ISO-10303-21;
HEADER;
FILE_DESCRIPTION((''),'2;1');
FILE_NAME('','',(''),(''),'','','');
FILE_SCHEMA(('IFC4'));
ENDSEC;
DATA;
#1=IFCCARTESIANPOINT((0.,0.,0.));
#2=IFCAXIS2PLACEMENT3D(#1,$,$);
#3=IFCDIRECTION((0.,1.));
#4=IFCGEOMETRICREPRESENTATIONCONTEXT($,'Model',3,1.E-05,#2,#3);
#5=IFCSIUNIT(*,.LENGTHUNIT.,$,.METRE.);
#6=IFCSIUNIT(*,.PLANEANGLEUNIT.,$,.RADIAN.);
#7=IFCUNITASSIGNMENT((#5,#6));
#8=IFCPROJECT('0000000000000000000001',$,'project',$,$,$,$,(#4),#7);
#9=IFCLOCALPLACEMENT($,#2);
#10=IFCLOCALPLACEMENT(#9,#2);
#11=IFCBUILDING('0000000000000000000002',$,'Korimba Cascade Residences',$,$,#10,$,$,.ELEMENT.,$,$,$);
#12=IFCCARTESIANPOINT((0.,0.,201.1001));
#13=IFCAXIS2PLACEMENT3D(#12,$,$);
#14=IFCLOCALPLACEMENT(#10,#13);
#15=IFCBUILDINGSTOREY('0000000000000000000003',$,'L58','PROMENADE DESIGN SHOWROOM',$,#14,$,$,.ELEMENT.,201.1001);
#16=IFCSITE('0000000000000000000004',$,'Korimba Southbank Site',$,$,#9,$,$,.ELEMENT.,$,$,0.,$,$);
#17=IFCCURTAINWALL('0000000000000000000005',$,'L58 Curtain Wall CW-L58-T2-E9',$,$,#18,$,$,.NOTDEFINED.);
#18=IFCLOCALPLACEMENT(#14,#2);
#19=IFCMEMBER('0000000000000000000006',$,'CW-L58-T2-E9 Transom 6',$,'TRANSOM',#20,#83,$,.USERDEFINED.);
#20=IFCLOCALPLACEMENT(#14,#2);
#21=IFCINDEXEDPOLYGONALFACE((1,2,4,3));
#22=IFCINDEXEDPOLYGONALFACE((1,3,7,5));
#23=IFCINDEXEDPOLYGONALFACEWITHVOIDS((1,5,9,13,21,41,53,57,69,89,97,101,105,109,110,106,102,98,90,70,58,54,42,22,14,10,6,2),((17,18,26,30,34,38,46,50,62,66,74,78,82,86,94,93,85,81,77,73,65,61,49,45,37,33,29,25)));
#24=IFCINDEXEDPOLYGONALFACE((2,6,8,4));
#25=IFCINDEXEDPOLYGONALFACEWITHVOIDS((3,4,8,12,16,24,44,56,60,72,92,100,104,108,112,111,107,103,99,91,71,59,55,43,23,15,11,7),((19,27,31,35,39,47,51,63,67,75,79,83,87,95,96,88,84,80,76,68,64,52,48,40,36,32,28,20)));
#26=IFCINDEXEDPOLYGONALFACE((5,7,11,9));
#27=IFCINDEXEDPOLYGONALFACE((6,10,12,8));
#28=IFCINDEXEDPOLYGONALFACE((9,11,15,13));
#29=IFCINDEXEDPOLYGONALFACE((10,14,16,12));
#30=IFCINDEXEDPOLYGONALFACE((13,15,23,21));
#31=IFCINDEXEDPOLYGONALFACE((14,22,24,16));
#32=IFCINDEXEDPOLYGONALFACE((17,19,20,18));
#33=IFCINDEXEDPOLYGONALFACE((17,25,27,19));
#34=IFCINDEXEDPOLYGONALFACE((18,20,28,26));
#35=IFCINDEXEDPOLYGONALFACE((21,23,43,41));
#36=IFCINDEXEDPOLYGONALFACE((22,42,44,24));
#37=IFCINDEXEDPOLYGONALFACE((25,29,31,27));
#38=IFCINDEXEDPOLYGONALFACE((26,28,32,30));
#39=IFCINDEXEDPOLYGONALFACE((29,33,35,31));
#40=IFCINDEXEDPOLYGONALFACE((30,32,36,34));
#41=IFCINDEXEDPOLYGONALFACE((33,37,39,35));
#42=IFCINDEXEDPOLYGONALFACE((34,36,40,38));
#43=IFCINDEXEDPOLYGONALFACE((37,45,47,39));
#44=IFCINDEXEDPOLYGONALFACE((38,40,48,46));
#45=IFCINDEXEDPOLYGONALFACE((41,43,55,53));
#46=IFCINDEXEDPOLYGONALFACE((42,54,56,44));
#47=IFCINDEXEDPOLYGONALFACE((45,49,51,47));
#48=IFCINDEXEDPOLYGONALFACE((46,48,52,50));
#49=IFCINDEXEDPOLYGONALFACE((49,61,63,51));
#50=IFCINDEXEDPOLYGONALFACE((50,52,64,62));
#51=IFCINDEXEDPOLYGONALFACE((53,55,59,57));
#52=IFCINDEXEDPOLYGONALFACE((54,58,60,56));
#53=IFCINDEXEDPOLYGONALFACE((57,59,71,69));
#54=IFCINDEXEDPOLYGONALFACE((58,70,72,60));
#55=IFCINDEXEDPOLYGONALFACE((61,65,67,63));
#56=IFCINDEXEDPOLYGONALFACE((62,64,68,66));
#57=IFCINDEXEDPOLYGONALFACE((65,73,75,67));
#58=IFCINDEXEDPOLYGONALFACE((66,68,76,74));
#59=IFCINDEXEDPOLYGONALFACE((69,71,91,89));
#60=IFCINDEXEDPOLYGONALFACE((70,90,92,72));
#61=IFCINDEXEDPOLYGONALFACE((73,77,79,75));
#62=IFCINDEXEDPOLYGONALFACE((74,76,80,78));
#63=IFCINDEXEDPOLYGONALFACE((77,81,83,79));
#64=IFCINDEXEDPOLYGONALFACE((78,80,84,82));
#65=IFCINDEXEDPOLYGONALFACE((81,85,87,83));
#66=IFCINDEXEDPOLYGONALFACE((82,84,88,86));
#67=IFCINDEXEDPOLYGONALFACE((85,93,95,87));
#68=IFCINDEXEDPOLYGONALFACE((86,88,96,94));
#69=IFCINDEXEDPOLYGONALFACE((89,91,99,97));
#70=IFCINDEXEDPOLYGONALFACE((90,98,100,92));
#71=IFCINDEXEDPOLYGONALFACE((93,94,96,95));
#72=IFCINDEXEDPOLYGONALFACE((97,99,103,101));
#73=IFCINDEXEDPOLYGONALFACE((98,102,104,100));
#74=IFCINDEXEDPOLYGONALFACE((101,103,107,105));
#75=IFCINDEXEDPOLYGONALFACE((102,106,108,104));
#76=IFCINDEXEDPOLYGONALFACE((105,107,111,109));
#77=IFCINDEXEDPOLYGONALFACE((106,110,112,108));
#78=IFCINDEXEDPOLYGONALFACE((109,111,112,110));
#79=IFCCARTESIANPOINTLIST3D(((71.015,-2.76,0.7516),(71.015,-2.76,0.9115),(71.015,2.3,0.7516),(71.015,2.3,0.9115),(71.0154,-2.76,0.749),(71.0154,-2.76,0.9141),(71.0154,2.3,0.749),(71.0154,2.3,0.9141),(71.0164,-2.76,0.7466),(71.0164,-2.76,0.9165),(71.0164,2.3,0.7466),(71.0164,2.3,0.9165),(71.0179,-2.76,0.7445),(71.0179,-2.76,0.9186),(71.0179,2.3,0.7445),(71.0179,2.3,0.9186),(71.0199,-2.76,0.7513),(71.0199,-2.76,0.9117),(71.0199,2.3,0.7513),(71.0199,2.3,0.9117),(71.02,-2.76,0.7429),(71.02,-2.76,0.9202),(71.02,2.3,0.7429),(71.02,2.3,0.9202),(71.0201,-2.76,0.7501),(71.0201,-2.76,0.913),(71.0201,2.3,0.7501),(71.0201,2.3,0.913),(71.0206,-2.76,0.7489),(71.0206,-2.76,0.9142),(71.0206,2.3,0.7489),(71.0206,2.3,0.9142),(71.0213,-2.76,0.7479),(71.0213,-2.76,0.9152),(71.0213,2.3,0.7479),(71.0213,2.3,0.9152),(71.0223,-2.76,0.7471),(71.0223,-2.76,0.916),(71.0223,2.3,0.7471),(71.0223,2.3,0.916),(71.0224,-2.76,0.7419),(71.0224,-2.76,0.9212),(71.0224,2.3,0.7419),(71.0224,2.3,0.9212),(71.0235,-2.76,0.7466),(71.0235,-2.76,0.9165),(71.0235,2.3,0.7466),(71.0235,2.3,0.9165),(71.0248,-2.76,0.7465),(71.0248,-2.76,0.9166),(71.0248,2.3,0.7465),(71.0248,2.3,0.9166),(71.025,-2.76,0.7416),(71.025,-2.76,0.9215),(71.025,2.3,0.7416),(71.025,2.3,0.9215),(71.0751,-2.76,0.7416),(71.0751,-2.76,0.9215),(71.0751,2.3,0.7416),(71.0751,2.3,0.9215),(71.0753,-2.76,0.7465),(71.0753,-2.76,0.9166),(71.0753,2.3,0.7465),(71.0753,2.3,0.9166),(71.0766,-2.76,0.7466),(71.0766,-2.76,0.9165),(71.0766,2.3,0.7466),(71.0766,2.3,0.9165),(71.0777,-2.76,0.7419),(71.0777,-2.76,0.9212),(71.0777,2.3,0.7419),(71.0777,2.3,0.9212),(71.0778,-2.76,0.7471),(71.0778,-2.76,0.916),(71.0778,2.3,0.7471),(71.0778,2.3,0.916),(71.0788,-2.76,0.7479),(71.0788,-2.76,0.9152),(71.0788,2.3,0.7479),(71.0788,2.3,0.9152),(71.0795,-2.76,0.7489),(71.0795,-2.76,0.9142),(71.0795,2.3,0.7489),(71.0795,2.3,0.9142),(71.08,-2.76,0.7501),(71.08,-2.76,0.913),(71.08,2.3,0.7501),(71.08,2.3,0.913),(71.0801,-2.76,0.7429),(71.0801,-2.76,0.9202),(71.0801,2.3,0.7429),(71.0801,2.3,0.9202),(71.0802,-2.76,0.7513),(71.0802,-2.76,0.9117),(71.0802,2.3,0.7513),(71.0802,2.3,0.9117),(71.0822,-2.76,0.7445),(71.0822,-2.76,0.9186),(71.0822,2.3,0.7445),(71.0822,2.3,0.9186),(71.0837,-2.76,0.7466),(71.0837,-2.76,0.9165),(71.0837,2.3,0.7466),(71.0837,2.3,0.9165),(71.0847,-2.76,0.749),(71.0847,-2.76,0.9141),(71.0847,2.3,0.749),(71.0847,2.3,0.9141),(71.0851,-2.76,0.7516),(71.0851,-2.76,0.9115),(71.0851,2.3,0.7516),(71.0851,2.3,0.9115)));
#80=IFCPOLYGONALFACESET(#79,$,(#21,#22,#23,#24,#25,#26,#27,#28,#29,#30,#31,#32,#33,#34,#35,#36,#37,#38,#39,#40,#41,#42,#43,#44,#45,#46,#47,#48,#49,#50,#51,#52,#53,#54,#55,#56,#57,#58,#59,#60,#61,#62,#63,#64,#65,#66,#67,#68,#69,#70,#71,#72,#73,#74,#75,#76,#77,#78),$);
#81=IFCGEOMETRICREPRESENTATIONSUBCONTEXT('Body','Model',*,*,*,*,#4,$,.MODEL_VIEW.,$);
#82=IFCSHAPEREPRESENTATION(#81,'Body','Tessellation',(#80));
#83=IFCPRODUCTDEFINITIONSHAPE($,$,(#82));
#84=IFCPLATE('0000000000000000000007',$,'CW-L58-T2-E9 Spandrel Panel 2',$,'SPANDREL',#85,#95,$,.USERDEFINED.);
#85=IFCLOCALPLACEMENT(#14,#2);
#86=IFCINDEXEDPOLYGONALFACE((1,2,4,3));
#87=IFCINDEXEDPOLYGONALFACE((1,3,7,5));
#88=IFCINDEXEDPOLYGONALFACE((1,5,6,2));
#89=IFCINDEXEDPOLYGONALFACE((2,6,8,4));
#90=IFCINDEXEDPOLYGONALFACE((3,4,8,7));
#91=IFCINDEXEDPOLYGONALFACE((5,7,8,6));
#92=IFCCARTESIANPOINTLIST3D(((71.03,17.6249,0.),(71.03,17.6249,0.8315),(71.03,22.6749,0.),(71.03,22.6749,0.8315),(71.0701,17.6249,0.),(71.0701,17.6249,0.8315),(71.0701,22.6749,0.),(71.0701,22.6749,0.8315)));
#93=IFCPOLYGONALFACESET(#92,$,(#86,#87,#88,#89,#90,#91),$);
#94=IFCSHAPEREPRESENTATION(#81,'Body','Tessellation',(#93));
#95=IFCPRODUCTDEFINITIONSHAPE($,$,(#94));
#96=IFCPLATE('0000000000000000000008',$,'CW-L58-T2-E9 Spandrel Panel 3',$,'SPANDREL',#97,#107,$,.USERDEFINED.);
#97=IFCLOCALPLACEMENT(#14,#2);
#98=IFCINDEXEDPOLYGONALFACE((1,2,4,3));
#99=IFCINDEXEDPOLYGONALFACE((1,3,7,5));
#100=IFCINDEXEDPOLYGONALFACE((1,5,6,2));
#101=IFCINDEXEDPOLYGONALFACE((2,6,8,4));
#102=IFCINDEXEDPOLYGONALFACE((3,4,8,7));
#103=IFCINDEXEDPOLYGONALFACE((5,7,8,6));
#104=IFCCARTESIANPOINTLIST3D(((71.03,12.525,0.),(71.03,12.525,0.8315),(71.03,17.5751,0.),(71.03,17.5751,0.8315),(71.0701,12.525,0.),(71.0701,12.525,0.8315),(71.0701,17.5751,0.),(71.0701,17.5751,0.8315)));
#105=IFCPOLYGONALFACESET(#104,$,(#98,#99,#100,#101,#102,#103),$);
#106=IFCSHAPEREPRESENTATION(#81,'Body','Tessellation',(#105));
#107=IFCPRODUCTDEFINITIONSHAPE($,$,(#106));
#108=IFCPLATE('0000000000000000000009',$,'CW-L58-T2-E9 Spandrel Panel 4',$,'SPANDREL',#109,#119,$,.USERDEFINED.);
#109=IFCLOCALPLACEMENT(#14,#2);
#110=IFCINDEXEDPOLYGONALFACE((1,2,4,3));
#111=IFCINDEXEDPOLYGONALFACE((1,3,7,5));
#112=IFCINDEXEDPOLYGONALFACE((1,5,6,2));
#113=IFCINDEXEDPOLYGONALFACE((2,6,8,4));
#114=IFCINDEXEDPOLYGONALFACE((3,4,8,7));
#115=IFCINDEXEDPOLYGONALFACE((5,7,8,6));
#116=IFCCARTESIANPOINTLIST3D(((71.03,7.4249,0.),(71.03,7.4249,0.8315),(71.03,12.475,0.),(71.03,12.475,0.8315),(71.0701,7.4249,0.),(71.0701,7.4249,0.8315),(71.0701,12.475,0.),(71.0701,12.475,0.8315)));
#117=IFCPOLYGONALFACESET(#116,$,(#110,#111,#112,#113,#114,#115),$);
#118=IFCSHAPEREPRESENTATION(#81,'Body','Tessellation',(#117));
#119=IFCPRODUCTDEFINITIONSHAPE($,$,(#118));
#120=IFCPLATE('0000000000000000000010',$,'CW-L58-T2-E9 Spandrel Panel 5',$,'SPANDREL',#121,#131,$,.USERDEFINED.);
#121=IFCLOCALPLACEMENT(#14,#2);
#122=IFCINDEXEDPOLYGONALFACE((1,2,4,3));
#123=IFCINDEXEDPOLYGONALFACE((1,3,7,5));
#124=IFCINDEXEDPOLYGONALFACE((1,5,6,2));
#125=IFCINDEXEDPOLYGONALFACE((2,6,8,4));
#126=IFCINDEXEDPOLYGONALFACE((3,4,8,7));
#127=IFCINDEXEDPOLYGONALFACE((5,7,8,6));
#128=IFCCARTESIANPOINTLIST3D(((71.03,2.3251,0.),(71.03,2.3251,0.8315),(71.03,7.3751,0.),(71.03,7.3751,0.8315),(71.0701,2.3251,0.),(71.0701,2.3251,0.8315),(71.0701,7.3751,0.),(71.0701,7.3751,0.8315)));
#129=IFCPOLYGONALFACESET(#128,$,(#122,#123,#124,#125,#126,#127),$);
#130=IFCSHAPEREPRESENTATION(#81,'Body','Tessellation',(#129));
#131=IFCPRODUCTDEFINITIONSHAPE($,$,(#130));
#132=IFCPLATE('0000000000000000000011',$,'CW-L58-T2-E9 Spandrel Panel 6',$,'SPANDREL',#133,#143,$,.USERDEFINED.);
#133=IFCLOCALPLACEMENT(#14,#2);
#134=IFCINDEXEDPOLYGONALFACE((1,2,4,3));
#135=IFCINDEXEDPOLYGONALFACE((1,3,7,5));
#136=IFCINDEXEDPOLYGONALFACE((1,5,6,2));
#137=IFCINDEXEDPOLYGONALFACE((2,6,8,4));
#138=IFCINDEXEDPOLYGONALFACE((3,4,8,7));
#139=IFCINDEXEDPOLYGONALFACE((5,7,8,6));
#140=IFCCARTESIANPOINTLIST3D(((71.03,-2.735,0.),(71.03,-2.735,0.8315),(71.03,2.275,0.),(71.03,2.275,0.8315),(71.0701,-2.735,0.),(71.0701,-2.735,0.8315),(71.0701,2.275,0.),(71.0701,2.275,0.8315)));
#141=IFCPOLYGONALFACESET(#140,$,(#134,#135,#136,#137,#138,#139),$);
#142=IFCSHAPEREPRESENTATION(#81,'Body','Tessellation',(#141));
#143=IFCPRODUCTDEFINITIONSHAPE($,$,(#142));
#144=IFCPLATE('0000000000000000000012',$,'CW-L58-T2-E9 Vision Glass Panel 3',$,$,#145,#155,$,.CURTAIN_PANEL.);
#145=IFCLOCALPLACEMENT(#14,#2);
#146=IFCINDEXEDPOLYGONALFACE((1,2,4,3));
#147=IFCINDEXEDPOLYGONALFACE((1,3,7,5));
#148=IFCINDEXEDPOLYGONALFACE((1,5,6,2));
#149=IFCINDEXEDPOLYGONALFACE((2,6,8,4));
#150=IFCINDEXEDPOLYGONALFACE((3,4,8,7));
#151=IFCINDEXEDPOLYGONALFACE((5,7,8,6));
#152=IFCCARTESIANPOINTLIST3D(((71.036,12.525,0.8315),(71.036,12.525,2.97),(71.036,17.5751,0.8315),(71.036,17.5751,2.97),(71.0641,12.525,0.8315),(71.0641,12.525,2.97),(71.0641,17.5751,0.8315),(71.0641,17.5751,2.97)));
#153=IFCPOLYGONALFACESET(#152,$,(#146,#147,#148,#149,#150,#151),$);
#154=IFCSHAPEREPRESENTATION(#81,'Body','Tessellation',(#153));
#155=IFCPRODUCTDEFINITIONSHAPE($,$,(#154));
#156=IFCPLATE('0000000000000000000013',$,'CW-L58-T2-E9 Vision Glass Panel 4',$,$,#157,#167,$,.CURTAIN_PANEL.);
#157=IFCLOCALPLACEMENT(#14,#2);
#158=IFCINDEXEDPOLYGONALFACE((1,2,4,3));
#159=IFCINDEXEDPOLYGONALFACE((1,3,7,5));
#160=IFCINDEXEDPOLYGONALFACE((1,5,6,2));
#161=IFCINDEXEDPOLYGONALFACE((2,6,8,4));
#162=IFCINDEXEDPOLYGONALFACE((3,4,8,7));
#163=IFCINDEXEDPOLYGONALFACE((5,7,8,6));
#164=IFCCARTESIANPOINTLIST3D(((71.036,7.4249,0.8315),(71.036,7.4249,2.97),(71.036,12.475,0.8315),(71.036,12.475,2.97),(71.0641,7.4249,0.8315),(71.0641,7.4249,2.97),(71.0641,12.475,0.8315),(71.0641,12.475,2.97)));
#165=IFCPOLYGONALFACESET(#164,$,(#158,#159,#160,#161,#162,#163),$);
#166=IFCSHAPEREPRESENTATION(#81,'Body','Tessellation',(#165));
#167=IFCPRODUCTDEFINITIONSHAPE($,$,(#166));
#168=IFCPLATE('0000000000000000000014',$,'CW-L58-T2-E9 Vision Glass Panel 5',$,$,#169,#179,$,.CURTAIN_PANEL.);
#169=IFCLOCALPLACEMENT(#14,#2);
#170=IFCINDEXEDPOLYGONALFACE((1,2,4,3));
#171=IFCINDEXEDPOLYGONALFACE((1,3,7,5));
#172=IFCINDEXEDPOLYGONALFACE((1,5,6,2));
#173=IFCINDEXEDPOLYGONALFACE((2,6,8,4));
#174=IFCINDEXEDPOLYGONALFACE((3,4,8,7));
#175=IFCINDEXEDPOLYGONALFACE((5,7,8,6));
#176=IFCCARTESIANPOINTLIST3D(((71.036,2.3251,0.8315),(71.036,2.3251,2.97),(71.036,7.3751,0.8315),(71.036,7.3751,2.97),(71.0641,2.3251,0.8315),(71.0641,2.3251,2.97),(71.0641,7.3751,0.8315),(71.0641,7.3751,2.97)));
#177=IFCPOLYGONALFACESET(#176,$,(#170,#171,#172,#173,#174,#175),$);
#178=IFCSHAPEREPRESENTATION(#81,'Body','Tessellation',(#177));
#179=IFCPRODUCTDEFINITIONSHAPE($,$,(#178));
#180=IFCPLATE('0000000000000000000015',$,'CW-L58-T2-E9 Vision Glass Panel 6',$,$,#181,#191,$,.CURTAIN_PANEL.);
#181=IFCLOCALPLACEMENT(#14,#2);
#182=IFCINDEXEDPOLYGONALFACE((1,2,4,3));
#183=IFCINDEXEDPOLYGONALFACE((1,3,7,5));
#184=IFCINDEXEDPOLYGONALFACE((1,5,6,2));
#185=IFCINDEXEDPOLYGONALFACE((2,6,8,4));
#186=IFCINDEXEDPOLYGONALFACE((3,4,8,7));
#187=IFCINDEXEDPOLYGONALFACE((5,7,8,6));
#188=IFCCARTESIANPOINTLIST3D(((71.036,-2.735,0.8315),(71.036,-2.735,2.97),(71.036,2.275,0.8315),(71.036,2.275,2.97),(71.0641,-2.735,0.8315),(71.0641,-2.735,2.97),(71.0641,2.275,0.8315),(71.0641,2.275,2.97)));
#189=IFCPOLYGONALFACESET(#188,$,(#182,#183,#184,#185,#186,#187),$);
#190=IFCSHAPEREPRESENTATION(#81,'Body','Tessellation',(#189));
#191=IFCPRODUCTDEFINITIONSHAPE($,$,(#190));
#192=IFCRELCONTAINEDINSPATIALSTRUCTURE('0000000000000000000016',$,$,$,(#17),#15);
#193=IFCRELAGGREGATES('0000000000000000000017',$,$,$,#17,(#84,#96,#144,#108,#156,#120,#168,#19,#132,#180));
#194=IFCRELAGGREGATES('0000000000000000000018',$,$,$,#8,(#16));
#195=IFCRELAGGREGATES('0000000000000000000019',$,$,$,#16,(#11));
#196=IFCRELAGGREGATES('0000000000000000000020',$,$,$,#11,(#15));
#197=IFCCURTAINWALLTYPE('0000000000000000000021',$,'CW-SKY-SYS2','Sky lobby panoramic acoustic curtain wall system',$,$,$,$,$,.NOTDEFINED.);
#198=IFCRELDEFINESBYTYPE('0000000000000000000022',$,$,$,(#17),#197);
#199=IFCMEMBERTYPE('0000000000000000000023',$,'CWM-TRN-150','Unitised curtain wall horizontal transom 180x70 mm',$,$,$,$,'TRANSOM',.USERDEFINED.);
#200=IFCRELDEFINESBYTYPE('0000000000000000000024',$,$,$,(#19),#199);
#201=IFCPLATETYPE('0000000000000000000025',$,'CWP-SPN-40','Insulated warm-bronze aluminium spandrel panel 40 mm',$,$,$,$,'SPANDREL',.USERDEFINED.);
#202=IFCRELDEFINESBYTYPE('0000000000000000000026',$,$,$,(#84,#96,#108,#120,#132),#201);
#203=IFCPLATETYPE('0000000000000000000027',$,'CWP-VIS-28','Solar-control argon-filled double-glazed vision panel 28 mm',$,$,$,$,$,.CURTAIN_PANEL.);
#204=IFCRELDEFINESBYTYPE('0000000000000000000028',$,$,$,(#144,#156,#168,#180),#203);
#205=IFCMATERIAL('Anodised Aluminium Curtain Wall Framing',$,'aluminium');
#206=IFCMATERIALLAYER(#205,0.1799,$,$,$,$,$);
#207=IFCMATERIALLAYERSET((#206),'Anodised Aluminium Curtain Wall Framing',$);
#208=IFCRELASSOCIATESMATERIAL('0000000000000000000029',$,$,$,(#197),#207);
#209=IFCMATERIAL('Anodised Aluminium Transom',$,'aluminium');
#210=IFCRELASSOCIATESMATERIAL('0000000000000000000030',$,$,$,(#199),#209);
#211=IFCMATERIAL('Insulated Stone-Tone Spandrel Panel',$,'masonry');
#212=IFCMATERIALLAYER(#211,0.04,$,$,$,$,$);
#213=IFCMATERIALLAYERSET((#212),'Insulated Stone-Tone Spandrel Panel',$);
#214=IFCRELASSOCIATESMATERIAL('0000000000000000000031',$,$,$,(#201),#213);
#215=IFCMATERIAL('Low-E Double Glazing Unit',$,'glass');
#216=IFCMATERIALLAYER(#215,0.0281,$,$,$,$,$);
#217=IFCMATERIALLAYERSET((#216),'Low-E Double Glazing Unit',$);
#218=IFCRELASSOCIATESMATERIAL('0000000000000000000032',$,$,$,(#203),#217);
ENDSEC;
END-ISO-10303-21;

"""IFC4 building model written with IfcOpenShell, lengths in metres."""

from ifc_helpers import new_model, si_unit, direction, frame, origin, origin_2d, place, context, subcontext, project, spatial, rectangle, hollow_rectangle, extrude, material, layer, layer_set, material_profile, profile_set, type_object, element, aggregate, save


model = new_model("IFC4")

# Units and contexts
model_context = context("Model", 3, precision=1e-05, world=origin(), true_north=direction((0.0, 1.0)))
body_context = subcontext(model_context, "Body", "Model", "MODEL_VIEW")
ifc_project = project(units=[si_unit("LENGTHUNIT", "METRE"), si_unit("PLANEANGLEUNIT", "RADIAN")], contexts=[model_context])

# Site, building, storey
site_placement = place(None, origin())
site = spatial("IfcSite", under=ifc_project, at=site_placement, Name="Korimba Southbank Site", CompositionType="ELEMENT", RefElevation=0.0)
building_placement = place(site_placement, origin())
building = spatial("IfcBuilding", under=site, at=building_placement, Name="Korimba Cascade Residences", CompositionType="ELEMENT")
storey_placement = place(building_placement, frame((0.0, 0.0, 201.1001)))
storey = spatial("IfcBuildingStorey", under=building, at=storey_placement, Name="L58", Description="PROMENADE DESIGN SHOWROOM", CompositionType="ELEMENT", Elevation=201.1001)

# Curtain wall, member, plates
ifc_material_1 = material(Name="Anodised Aluminium Curtain Wall Framing", Category="aluminium")
ifc_layer_1 = layer(ifc_material_1, 0.1799)
ifc_layer_set_1 = layer_set([ifc_layer_1], Name="Anodised Aluminium Curtain Wall Framing")
curtain_wall_type = type_object("IfcCurtainWallType", Name="CW-SKY-SYS2", Description="Sky lobby panoramic acoustic curtain wall system", PredefinedType="NOTDEFINED", material=ifc_layer_set_1)
curtain_wall_placement = place(storey_placement, origin())
curtain_wall = element("IfcCurtainWall", 1, at=curtain_wall_placement, inside=storey, type_object=curtain_wall_type, Name="L58 Curtain Wall CW-L58-T2-E9", PredefinedType="NOTDEFINED")
ifc_material_2 = material(Name="Anodised Aluminium Transom", Category="aluminium")
ifc_material_profile_1 = material_profile(ifc_material_2, hollow_rectangle(XDim=0.0701, YDim=0.1799, WallThickness=0.0049, InnerFilletRadius=0.0049, OuterFilletRadius=0.01, at=origin_2d()), Name="Anodised Aluminium Transom")
ifc_profile_set_1 = profile_set([ifc_material_profile_1], Name="Anodised Aluminium Transom")
member_type_1 = type_object("IfcMemberType", Name="CWM-TRN-150", Description="Unitised curtain wall horizontal transom 180x70 mm", ElementType="TRANSOM", PredefinedType="USERDEFINED", material=ifc_profile_set_1)
member_1_placement = place(storey_placement, frame((71.05, 2.3, 0.8315), z_axis=(0.0, -1.0, 0.0), x_axis=(1.0, 0.0, 0.0)))
member_1 = element("IfcMember", 2, at=member_1_placement, type_object=member_type_1, Name="CW-L58-T2-E9 Transom 6", ObjectType="TRANSOM", PredefinedType="USERDEFINED", context=body_context, shape_type="SweptSolid", body=[
    extrude(hollow_rectangle(XDim=0.0701, YDim=0.1799, WallThickness=0.0049, InnerFilletRadius=0.0049, OuterFilletRadius=0.01, at=origin_2d()), origin(), (0.0, 0.0, 1.0), 5.0601),
])
ifc_material_3 = material(Name="Insulated Stone-Tone Spandrel Panel", Category="masonry")
ifc_layer_2 = layer(ifc_material_3, 0.04)
ifc_layer_set_2 = layer_set([ifc_layer_2], Name="Insulated Stone-Tone Spandrel Panel")
plate_type_1 = type_object("IfcPlateType", Name="CWP-SPN-40", Description="Insulated warm-bronze aluminium spandrel panel 40 mm", ElementType="SPANDREL", PredefinedType="USERDEFINED", material=ifc_layer_set_2)
plate_1_placement = place(storey_placement, frame((71.05, 20.1499, 0.0), z_axis=(0.0, 0.0, 1.0), x_axis=(0.0, -1.0, 0.0)))
plate_1 = element("IfcPlate", 3, at=plate_1_placement, type_object=plate_type_1, Name="CW-L58-T2-E9 Spandrel Panel 2", ObjectType="SPANDREL", PredefinedType="USERDEFINED", context=body_context, shape_type="SweptSolid", body=[
    extrude(rectangle(XDim=5.05, YDim=0.04, at=origin_2d()), origin(), (0.0, 0.0, 1.0), 0.8315),
])
plate_2_placement = place(storey_placement, frame((71.05, 15.05, 0.0), z_axis=(0.0, 0.0, 1.0), x_axis=(0.0, -1.0, 0.0)))
plate_2 = element("IfcPlate", 4, at=plate_2_placement, type_object=plate_type_1, Name="CW-L58-T2-E9 Spandrel Panel 3", ObjectType="SPANDREL", PredefinedType="USERDEFINED", context=body_context, shape_type="SweptSolid", body=[
    extrude(rectangle(XDim=5.05, YDim=0.04, at=origin_2d()), origin(), (0.0, 0.0, 1.0), 0.8315),
])
plate_3_placement = place(storey_placement, frame((71.05, 9.95, 0.0), z_axis=(0.0, 0.0, 1.0), x_axis=(0.0, -1.0, 0.0)))
plate_3 = element("IfcPlate", 5, at=plate_3_placement, type_object=plate_type_1, Name="CW-L58-T2-E9 Spandrel Panel 4", ObjectType="SPANDREL", PredefinedType="USERDEFINED", context=body_context, shape_type="SweptSolid", body=[
    extrude(rectangle(XDim=5.05, YDim=0.04, at=origin_2d()), origin(), (0.0, 0.0, 1.0), 0.8315),
])
plate_4_placement = place(storey_placement, frame((71.05, 4.8501, 0.0), z_axis=(0.0, 0.0, 1.0), x_axis=(0.0, -1.0, 0.0)))
plate_4 = element("IfcPlate", 6, at=plate_4_placement, type_object=plate_type_1, Name="CW-L58-T2-E9 Spandrel Panel 5", ObjectType="SPANDREL", PredefinedType="USERDEFINED", context=body_context, shape_type="SweptSolid", body=[
    extrude(rectangle(XDim=5.05, YDim=0.04, at=origin_2d()), origin(), (0.0, 0.0, 1.0), 0.8315),
])
plate_5_placement = place(storey_placement, frame((71.05, -0.23, 0.0), z_axis=(0.0, 0.0, 1.0), x_axis=(0.0, -1.0, 0.0)))
plate_5 = element("IfcPlate", 7, at=plate_5_placement, type_object=plate_type_1, Name="CW-L58-T2-E9 Spandrel Panel 6", ObjectType="SPANDREL", PredefinedType="USERDEFINED", context=body_context, shape_type="SweptSolid", body=[
    extrude(rectangle(XDim=5.01, YDim=0.04, at=origin_2d()), origin(), (0.0, 0.0, 1.0), 0.8315),
])
ifc_material_4 = material(Name="Low-E Double Glazing Unit", Category="glass")
ifc_layer_3 = layer(ifc_material_4, 0.0281)
ifc_layer_set_3 = layer_set([ifc_layer_3], Name="Low-E Double Glazing Unit")
plate_type_2 = type_object("IfcPlateType", Name="CWP-VIS-28", Description="Solar-control argon-filled double-glazed vision panel 28 mm", PredefinedType="CURTAIN_PANEL", material=ifc_layer_set_3)
plate_6_placement = place(storey_placement, frame((71.05, 15.05, 0.8315), z_axis=(0.0, 0.0, 1.0), x_axis=(0.0, -1.0, 0.0)))
plate_6 = element("IfcPlate", 8, at=plate_6_placement, type_object=plate_type_2, Name="CW-L58-T2-E9 Vision Glass Panel 3", PredefinedType="CURTAIN_PANEL", context=body_context, shape_type="SweptSolid", body=[
    extrude(rectangle(XDim=5.05, YDim=0.0281, at=origin_2d()), origin(), (0.0, 0.0, 1.0), 2.1384),
])
plate_7_placement = place(storey_placement, frame((71.05, 9.95, 0.8315), z_axis=(0.0, 0.0, 1.0), x_axis=(0.0, -1.0, 0.0)))
plate_7 = element("IfcPlate", 9, at=plate_7_placement, type_object=plate_type_2, Name="CW-L58-T2-E9 Vision Glass Panel 4", PredefinedType="CURTAIN_PANEL", context=body_context, shape_type="SweptSolid", body=[
    extrude(rectangle(XDim=5.05, YDim=0.0281, at=origin_2d()), origin(), (0.0, 0.0, 1.0), 2.1384),
])
plate_8_placement = place(storey_placement, frame((71.05, 4.8501, 0.8315), z_axis=(0.0, 0.0, 1.0), x_axis=(0.0, -1.0, 0.0)))
plate_8 = element("IfcPlate", 10, at=plate_8_placement, type_object=plate_type_2, Name="CW-L58-T2-E9 Vision Glass Panel 5", PredefinedType="CURTAIN_PANEL", context=body_context, shape_type="SweptSolid", body=[
    extrude(rectangle(XDim=5.05, YDim=0.0281, at=origin_2d()), origin(), (0.0, 0.0, 1.0), 2.1384),
])
plate_9_placement = place(storey_placement, frame((71.05, -0.23, 0.8315), z_axis=(0.0, 0.0, 1.0), x_axis=(0.0, -1.0, 0.0)))
plate_9 = element("IfcPlate", 11, at=plate_9_placement, type_object=plate_type_2, Name="CW-L58-T2-E9 Vision Glass Panel 6", PredefinedType="CURTAIN_PANEL", context=body_context, shape_type="SweptSolid", body=[
    extrude(rectangle(XDim=5.01, YDim=0.0281, at=origin_2d()), origin(), (0.0, 0.0, 1.0), 2.1384),
])
aggregate(curtain_wall, [plate_1, plate_2, plate_6, plate_3, plate_7, plate_4, plate_8, member_1, plate_5, plate_9])

save(model, "model.ifc")
